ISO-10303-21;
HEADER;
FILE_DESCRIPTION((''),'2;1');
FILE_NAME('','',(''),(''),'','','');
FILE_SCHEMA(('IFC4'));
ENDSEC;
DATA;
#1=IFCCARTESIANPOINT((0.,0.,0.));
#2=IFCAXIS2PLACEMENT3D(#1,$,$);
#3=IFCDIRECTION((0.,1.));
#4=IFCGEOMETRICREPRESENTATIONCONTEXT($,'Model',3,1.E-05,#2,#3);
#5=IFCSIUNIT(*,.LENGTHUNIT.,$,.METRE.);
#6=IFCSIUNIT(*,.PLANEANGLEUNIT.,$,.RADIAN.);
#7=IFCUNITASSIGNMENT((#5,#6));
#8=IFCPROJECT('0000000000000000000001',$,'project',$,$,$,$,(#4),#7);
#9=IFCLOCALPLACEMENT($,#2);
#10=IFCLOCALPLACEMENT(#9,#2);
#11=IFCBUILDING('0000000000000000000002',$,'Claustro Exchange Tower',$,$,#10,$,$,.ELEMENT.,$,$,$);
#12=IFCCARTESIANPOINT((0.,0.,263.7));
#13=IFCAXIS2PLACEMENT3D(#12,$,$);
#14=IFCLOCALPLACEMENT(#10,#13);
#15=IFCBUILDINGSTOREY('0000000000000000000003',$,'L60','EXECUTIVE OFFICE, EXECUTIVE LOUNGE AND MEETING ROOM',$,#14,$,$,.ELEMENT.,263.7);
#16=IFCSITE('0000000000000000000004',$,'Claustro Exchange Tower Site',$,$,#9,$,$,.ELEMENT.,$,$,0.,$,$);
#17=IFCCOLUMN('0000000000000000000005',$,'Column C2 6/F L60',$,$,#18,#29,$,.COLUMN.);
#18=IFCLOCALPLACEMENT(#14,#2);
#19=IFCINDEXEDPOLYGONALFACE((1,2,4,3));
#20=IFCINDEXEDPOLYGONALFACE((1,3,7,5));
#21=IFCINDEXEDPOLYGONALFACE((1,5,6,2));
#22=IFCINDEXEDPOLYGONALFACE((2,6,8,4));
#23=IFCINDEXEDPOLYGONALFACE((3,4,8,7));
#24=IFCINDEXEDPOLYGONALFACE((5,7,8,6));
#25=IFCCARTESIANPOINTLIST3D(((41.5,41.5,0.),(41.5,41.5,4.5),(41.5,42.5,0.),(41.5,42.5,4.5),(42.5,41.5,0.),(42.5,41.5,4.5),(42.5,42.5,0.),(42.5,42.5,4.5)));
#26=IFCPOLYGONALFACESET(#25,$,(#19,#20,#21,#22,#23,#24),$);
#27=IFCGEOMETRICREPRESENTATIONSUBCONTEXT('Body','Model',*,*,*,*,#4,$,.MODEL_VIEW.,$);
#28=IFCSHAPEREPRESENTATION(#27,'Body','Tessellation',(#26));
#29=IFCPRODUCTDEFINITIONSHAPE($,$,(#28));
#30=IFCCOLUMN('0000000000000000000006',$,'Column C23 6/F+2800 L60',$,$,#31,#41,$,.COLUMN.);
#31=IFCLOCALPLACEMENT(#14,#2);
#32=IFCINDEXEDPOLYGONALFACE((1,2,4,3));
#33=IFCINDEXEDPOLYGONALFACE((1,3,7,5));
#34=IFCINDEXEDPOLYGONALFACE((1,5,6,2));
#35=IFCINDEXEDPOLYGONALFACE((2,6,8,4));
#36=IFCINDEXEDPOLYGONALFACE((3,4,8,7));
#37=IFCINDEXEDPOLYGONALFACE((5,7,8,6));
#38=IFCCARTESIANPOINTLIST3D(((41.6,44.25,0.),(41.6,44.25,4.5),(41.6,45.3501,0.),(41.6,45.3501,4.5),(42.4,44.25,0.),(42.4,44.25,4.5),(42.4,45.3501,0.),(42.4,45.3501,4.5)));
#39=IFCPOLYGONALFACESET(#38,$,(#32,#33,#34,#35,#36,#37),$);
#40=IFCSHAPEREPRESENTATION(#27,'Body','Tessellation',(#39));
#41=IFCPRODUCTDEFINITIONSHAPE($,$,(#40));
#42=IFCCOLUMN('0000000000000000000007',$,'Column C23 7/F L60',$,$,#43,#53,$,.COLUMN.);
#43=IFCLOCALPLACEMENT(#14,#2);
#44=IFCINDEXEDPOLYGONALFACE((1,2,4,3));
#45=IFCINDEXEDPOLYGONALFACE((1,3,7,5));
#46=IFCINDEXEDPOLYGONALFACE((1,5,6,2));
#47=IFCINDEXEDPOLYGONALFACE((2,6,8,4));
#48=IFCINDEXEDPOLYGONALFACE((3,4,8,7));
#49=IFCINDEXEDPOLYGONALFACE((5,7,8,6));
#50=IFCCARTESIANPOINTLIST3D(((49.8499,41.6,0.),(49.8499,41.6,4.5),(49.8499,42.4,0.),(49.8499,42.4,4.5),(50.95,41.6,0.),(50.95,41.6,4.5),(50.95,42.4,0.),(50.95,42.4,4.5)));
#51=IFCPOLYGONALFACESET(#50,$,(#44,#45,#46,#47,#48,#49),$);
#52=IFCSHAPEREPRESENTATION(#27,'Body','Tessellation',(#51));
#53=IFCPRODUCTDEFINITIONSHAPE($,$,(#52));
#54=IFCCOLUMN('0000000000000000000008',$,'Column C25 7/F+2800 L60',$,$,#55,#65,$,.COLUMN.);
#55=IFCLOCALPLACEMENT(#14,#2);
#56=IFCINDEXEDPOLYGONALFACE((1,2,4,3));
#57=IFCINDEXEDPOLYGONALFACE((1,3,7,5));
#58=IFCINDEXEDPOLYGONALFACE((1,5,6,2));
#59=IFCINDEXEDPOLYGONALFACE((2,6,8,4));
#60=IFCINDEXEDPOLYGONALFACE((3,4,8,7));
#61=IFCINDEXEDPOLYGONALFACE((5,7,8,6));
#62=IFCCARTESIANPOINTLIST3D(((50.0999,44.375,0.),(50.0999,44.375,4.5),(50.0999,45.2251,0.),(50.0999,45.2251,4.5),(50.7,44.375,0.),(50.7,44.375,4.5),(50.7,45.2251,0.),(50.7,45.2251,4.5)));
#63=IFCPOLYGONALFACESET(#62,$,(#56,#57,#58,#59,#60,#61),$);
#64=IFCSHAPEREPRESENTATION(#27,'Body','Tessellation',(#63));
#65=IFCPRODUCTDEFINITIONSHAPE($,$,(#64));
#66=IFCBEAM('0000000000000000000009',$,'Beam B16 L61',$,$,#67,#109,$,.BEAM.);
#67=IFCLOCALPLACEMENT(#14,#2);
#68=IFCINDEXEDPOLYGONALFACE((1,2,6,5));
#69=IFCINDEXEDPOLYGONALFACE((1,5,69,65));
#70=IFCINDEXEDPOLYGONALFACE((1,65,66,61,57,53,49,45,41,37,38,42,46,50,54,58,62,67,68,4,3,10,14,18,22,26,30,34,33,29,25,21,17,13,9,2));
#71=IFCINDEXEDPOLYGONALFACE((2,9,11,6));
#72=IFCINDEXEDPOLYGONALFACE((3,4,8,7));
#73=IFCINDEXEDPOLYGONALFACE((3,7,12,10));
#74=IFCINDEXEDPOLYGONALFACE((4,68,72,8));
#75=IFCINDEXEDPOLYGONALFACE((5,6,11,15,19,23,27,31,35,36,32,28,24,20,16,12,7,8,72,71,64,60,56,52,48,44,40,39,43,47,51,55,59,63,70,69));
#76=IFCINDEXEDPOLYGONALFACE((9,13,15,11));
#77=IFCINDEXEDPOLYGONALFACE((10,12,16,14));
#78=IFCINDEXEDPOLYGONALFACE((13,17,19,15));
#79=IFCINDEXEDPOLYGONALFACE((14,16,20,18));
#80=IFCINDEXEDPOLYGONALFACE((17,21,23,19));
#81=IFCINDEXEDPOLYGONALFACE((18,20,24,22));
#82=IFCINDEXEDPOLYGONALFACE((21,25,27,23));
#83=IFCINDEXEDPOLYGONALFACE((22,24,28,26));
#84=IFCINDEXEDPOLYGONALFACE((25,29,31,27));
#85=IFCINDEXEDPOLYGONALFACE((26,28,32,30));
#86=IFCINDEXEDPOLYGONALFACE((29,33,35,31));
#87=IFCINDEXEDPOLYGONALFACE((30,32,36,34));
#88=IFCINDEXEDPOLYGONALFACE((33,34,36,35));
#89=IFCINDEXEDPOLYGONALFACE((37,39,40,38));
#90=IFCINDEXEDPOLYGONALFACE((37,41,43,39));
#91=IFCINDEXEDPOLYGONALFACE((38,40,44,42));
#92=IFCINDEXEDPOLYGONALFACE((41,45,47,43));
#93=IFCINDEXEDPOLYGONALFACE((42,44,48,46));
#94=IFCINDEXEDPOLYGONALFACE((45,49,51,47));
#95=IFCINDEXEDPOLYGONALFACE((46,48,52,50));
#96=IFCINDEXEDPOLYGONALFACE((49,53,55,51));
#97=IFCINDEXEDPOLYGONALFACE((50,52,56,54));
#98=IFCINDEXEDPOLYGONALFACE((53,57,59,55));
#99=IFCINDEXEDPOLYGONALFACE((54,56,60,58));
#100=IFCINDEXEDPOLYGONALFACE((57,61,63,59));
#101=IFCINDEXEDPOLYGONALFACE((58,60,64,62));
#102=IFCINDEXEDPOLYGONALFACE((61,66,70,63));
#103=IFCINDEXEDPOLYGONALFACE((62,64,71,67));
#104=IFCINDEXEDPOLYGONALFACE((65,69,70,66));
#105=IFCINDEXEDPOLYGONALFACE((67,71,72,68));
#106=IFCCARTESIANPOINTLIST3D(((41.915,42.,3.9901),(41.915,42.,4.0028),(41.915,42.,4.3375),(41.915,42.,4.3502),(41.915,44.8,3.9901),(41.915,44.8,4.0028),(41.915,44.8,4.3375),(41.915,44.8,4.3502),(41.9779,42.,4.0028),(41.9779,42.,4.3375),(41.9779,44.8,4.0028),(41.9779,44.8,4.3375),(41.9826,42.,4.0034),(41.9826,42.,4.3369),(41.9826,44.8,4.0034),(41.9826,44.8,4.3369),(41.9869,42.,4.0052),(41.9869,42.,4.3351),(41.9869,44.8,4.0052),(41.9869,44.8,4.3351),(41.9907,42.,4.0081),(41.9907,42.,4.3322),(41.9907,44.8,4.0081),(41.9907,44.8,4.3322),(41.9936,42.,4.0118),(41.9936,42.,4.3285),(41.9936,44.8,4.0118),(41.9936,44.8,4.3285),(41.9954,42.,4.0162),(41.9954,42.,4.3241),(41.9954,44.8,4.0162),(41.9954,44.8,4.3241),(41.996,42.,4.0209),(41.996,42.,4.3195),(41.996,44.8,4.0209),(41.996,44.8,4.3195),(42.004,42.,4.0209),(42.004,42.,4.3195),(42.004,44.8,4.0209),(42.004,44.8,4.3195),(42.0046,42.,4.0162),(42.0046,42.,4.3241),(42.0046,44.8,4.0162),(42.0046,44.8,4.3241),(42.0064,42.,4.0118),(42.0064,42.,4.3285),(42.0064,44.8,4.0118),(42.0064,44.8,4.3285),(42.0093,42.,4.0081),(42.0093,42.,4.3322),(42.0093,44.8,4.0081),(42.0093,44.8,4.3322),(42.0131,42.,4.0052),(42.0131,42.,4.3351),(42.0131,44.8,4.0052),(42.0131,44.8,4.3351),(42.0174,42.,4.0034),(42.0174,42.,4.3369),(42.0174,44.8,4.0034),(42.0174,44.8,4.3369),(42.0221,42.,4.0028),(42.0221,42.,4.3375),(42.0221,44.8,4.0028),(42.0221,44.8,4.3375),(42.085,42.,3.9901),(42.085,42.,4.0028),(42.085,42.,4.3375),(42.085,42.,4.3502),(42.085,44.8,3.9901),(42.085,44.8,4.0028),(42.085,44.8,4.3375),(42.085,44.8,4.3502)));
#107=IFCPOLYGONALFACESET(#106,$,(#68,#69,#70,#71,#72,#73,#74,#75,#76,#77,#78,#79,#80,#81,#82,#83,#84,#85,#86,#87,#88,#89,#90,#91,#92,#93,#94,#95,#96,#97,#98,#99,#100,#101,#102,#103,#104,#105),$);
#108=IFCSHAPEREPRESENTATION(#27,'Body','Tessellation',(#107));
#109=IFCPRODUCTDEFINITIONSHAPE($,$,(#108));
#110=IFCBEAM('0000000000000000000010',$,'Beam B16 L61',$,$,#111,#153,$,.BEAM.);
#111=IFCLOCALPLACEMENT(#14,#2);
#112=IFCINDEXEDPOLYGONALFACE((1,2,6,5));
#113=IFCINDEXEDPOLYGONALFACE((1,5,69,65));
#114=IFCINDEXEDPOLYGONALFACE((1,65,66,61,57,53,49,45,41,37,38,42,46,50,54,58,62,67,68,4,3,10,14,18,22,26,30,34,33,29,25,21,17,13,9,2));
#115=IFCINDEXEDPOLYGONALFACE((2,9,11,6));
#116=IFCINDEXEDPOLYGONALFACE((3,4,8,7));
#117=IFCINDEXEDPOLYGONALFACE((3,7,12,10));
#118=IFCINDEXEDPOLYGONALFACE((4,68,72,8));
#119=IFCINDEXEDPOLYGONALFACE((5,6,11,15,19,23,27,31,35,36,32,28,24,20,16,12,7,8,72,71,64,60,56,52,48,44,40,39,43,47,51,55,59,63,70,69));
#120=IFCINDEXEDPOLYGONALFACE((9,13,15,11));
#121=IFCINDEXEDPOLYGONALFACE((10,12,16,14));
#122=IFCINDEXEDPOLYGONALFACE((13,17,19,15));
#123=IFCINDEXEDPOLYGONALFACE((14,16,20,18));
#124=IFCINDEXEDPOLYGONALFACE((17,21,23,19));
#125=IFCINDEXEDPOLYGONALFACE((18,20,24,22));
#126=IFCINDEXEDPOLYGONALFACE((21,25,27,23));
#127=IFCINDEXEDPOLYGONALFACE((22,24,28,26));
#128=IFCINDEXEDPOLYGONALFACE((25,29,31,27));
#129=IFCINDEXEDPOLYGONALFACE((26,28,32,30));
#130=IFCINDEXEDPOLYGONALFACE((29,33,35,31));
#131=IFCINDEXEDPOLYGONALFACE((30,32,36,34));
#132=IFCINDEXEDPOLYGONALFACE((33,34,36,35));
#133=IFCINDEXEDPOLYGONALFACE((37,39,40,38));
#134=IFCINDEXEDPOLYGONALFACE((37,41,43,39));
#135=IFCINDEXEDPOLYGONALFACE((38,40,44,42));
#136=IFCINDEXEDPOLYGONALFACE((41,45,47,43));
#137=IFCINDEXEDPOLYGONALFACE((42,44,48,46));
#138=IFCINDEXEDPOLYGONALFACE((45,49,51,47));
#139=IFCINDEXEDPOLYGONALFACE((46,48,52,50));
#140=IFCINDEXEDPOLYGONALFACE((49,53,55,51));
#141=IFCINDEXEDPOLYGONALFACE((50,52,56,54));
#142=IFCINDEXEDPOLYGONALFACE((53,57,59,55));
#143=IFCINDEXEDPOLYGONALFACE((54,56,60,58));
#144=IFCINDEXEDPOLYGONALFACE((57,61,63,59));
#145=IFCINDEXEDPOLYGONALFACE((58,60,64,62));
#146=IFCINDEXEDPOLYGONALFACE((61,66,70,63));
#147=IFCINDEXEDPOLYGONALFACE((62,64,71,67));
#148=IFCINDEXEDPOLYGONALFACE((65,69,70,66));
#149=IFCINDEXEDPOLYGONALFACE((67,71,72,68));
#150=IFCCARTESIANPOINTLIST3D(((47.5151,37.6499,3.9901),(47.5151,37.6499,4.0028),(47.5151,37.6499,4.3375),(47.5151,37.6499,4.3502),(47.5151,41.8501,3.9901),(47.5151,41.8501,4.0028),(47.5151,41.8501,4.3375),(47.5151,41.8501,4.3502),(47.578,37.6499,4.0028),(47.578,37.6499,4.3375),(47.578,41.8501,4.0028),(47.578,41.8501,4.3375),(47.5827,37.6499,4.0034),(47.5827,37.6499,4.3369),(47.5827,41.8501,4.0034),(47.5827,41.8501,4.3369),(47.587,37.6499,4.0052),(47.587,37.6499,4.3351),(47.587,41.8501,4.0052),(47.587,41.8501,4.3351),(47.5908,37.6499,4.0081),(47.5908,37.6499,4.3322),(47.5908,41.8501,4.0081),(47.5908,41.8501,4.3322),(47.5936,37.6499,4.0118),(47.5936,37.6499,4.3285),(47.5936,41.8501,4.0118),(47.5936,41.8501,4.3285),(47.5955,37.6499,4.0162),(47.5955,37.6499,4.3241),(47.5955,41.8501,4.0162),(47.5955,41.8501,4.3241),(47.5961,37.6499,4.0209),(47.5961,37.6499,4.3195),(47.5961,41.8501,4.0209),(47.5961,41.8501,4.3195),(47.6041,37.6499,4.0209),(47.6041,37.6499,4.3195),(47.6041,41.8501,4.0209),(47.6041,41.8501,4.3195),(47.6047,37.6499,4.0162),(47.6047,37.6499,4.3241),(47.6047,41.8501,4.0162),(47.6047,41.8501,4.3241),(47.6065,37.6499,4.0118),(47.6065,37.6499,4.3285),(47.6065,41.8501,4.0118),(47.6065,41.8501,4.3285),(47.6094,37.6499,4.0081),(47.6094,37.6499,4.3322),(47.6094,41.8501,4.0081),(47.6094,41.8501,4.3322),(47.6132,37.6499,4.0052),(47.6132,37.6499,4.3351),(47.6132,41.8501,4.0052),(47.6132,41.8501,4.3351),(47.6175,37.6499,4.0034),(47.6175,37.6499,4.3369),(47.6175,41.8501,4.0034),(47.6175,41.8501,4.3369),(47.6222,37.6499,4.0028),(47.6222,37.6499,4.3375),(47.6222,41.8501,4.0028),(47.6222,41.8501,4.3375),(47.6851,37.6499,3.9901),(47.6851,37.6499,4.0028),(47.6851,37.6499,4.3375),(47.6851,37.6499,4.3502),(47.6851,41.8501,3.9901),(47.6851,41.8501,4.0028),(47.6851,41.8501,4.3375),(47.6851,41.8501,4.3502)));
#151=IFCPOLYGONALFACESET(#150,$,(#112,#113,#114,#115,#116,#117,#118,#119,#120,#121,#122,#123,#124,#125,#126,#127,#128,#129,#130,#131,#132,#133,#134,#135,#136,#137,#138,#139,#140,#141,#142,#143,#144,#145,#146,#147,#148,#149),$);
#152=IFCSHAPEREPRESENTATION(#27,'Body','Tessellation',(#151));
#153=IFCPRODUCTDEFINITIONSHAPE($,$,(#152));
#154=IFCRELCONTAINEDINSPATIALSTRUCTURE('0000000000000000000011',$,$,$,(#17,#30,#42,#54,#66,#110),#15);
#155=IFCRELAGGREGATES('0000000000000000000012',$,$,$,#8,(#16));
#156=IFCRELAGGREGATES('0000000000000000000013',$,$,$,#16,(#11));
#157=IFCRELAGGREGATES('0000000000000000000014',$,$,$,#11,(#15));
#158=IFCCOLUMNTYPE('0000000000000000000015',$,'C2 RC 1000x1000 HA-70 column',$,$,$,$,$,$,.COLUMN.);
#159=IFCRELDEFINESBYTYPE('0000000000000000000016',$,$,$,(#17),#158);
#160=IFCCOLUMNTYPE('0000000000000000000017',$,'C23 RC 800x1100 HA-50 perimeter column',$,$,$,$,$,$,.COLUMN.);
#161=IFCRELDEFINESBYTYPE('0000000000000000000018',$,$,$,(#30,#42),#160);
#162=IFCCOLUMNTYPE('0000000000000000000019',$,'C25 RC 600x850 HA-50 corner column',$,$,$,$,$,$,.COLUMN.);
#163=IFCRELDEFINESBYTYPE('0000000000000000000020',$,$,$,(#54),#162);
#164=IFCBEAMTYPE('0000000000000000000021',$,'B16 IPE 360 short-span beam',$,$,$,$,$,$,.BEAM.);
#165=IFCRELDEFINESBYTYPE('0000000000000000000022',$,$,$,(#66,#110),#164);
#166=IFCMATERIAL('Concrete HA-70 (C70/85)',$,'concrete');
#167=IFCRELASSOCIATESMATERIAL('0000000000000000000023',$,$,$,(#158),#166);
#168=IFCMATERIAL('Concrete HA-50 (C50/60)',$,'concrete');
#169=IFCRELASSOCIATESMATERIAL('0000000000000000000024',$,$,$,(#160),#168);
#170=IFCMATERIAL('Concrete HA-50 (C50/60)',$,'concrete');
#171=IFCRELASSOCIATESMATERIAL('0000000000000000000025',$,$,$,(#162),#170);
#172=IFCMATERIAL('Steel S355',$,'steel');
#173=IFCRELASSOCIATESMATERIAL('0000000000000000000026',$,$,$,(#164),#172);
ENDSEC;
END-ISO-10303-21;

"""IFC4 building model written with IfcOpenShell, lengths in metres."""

from ifc_helpers import new_model, si_unit, direction, frame, origin, origin_2d, place, context, subcontext, project, spatial, rectangle, i_section, extrude, material, material_profile, profile_set, type_object, element, save


model = new_model("IFC4")

# Units and contexts
model_context = context("Model", 3, precision=1e-05, world=origin(), true_north=direction((0.0, 1.0)))
body_context = subcontext(model_context, "Body", "Model", "MODEL_VIEW")
ifc_project = project(units=[si_unit("LENGTHUNIT", "METRE"), si_unit("PLANEANGLEUNIT", "RADIAN")], contexts=[model_context])

# Site, building, storey
site_placement = place(None, origin())
site = spatial("IfcSite", under=ifc_project, at=site_placement, Name="Claustro Exchange Tower Site", CompositionType="ELEMENT", RefElevation=0.0)
building_placement = place(site_placement, origin())
building = spatial("IfcBuilding", under=site, at=building_placement, Name="Claustro Exchange Tower", CompositionType="ELEMENT")
storey_placement = place(building_placement, frame((0.0, 0.0, 263.7)))
storey = spatial("IfcBuildingStorey", under=building, at=storey_placement, Name="L60", Description="EXECUTIVE OFFICE, EXECUTIVE LOUNGE AND MEETING ROOM", CompositionType="ELEMENT", Elevation=263.7)

# Columns
ifc_material_1 = material(Name="Concrete HA-70 (C70/85)", Category="concrete")
ifc_material_profile_1 = material_profile(ifc_material_1, rectangle(XDim=1.0, YDim=1.0, at=origin_2d()), Name="RC 1000x1000")
ifc_profile_set_1 = profile_set([ifc_material_profile_1], Name="Concrete HA-70 (C70/85)")
column_type_1 = type_object("IfcColumnType", Name="C2 RC 1000x1000 HA-70 column", PredefinedType="COLUMN", material=ifc_profile_set_1)
column_1_placement = place(storey_placement, frame((42.0, 42.0, 0.0), z_axis=(0.0, 0.0, 1.0), x_axis=(1.0, 0.0, 0.0)))
element("IfcColumn", 1, at=column_1_placement, inside=storey, type_object=column_type_1, Name="Column C2 6/F L60", PredefinedType="COLUMN", context=body_context, shape_type="SweptSolid", body=[
    extrude(rectangle(XDim=1.0, YDim=1.0, at=origin_2d()), origin(), (0.0, 0.0, 1.0), 4.5),
])
ifc_material_2 = material(Name="Concrete HA-50 (C50/60)", Category="concrete")
ifc_material_profile_2 = material_profile(ifc_material_2, rectangle(XDim=0.8, YDim=1.1001, at=origin_2d()), Name="RC 800x1100")
ifc_profile_set_2 = profile_set([ifc_material_profile_2], Name="Concrete HA-50 (C50/60)")
column_type_2 = type_object("IfcColumnType", Name="C23 RC 800x1100 HA-50 perimeter column", PredefinedType="COLUMN", material=ifc_profile_set_2)
for number, where, z_axis, x_axis, name in (
    (2, (42.0, 44.8, 0.0), (0.0, 0.0, 1.0), (1.0, 0.0, 0.0), "Column C23 6/F+2800 L60"),
    (3, (50.3999, 42.0, 0.0), (0.0, 0.0, 1.0), (0.0, 1.0, 0.0), "Column C23 7/F L60"),
):
    element("IfcColumn", number, at=place(storey_placement, frame(where, z_axis=z_axis, x_axis=x_axis)), inside=storey, type_object=column_type_2, Name=name, PredefinedType="COLUMN", context=body_context, shape_type="SweptSolid", body=[
        extrude(rectangle(XDim=0.8, YDim=1.1001, at=origin_2d()), origin(), (0.0, 0.0, 1.0), 4.5),
    ])
ifc_material_3 = material(Name="Concrete HA-50 (C50/60)", Category="concrete")
ifc_material_profile_3 = material_profile(ifc_material_3, rectangle(XDim=0.6001, YDim=0.8501, at=origin_2d()), Name="RC 600x850")
ifc_profile_set_3 = profile_set([ifc_material_profile_3], Name="Concrete HA-50 (C50/60)")
column_type_3 = type_object("IfcColumnType", Name="C25 RC 600x850 HA-50 corner column", PredefinedType="COLUMN", material=ifc_profile_set_3)
column_2_placement = place(storey_placement, frame((50.3999, 44.8, 0.0), z_axis=(0.0, 0.0, 1.0), x_axis=(1.0, 0.0, 0.0)))
element("IfcColumn", 4, at=column_2_placement, inside=storey, type_object=column_type_3, Name="Column C25 7/F+2800 L60", PredefinedType="COLUMN", context=body_context, shape_type="SweptSolid", body=[
    extrude(rectangle(XDim=0.6001, YDim=0.8501, at=origin_2d()), origin(), (0.0, 0.0, 1.0), 4.5),
])

# Beams
ifc_material_4 = material(Name="Steel S355", Category="steel")
ifc_material_profile_4 = material_profile(ifc_material_4, i_section(OverallWidth=0.1699, OverallDepth=0.3601, WebThickness=0.0081, FlangeThickness=0.0127, FilletRadius=0.0181, at=origin_2d()), Name="IPE 360")
ifc_profile_set_4 = profile_set([ifc_material_profile_4], Name="Steel S355")
beam_type_1 = type_object("IfcBeamType", Name="B16 IPE 360 short-span beam", PredefinedType="BEAM", material=ifc_profile_set_4)
beam_1_placement = place(storey_placement, frame((42.0, 42.0, 4.1702), z_axis=(0.0, 1.0, 0.0), x_axis=(-1.0, 0.0, 0.0)))
element("IfcBeam", 5, at=beam_1_placement, inside=storey, type_object=beam_type_1, Name="Beam B16 L61", PredefinedType="BEAM", context=body_context, shape_type="SweptSolid", body=[
    extrude(i_section(OverallWidth=0.1699, OverallDepth=0.3601, WebThickness=0.0081, FlangeThickness=0.0127, FilletRadius=0.0181, at=origin_2d()), origin(), (0.0, 0.0, 1.0), 2.8),
])
beam_2_placement = place(storey_placement, frame((47.6001, 37.6499, 4.1702), z_axis=(0.0, 1.0, 0.0), x_axis=(-1.0, 0.0, 0.0)))
element("IfcBeam", 6, at=beam_2_placement, inside=storey, type_object=beam_type_1, Name="Beam B16 L61", PredefinedType="BEAM", context=body_context, shape_type="SweptSolid", body=[
    extrude(i_section(OverallWidth=0.1699, OverallDepth=0.3601, WebThickness=0.0081, FlangeThickness=0.0127, FilletRadius=0.0181, at=origin_2d()), origin(), (0.0, 0.0, 1.0), 4.2002),
])

save(model, "model.ifc")
